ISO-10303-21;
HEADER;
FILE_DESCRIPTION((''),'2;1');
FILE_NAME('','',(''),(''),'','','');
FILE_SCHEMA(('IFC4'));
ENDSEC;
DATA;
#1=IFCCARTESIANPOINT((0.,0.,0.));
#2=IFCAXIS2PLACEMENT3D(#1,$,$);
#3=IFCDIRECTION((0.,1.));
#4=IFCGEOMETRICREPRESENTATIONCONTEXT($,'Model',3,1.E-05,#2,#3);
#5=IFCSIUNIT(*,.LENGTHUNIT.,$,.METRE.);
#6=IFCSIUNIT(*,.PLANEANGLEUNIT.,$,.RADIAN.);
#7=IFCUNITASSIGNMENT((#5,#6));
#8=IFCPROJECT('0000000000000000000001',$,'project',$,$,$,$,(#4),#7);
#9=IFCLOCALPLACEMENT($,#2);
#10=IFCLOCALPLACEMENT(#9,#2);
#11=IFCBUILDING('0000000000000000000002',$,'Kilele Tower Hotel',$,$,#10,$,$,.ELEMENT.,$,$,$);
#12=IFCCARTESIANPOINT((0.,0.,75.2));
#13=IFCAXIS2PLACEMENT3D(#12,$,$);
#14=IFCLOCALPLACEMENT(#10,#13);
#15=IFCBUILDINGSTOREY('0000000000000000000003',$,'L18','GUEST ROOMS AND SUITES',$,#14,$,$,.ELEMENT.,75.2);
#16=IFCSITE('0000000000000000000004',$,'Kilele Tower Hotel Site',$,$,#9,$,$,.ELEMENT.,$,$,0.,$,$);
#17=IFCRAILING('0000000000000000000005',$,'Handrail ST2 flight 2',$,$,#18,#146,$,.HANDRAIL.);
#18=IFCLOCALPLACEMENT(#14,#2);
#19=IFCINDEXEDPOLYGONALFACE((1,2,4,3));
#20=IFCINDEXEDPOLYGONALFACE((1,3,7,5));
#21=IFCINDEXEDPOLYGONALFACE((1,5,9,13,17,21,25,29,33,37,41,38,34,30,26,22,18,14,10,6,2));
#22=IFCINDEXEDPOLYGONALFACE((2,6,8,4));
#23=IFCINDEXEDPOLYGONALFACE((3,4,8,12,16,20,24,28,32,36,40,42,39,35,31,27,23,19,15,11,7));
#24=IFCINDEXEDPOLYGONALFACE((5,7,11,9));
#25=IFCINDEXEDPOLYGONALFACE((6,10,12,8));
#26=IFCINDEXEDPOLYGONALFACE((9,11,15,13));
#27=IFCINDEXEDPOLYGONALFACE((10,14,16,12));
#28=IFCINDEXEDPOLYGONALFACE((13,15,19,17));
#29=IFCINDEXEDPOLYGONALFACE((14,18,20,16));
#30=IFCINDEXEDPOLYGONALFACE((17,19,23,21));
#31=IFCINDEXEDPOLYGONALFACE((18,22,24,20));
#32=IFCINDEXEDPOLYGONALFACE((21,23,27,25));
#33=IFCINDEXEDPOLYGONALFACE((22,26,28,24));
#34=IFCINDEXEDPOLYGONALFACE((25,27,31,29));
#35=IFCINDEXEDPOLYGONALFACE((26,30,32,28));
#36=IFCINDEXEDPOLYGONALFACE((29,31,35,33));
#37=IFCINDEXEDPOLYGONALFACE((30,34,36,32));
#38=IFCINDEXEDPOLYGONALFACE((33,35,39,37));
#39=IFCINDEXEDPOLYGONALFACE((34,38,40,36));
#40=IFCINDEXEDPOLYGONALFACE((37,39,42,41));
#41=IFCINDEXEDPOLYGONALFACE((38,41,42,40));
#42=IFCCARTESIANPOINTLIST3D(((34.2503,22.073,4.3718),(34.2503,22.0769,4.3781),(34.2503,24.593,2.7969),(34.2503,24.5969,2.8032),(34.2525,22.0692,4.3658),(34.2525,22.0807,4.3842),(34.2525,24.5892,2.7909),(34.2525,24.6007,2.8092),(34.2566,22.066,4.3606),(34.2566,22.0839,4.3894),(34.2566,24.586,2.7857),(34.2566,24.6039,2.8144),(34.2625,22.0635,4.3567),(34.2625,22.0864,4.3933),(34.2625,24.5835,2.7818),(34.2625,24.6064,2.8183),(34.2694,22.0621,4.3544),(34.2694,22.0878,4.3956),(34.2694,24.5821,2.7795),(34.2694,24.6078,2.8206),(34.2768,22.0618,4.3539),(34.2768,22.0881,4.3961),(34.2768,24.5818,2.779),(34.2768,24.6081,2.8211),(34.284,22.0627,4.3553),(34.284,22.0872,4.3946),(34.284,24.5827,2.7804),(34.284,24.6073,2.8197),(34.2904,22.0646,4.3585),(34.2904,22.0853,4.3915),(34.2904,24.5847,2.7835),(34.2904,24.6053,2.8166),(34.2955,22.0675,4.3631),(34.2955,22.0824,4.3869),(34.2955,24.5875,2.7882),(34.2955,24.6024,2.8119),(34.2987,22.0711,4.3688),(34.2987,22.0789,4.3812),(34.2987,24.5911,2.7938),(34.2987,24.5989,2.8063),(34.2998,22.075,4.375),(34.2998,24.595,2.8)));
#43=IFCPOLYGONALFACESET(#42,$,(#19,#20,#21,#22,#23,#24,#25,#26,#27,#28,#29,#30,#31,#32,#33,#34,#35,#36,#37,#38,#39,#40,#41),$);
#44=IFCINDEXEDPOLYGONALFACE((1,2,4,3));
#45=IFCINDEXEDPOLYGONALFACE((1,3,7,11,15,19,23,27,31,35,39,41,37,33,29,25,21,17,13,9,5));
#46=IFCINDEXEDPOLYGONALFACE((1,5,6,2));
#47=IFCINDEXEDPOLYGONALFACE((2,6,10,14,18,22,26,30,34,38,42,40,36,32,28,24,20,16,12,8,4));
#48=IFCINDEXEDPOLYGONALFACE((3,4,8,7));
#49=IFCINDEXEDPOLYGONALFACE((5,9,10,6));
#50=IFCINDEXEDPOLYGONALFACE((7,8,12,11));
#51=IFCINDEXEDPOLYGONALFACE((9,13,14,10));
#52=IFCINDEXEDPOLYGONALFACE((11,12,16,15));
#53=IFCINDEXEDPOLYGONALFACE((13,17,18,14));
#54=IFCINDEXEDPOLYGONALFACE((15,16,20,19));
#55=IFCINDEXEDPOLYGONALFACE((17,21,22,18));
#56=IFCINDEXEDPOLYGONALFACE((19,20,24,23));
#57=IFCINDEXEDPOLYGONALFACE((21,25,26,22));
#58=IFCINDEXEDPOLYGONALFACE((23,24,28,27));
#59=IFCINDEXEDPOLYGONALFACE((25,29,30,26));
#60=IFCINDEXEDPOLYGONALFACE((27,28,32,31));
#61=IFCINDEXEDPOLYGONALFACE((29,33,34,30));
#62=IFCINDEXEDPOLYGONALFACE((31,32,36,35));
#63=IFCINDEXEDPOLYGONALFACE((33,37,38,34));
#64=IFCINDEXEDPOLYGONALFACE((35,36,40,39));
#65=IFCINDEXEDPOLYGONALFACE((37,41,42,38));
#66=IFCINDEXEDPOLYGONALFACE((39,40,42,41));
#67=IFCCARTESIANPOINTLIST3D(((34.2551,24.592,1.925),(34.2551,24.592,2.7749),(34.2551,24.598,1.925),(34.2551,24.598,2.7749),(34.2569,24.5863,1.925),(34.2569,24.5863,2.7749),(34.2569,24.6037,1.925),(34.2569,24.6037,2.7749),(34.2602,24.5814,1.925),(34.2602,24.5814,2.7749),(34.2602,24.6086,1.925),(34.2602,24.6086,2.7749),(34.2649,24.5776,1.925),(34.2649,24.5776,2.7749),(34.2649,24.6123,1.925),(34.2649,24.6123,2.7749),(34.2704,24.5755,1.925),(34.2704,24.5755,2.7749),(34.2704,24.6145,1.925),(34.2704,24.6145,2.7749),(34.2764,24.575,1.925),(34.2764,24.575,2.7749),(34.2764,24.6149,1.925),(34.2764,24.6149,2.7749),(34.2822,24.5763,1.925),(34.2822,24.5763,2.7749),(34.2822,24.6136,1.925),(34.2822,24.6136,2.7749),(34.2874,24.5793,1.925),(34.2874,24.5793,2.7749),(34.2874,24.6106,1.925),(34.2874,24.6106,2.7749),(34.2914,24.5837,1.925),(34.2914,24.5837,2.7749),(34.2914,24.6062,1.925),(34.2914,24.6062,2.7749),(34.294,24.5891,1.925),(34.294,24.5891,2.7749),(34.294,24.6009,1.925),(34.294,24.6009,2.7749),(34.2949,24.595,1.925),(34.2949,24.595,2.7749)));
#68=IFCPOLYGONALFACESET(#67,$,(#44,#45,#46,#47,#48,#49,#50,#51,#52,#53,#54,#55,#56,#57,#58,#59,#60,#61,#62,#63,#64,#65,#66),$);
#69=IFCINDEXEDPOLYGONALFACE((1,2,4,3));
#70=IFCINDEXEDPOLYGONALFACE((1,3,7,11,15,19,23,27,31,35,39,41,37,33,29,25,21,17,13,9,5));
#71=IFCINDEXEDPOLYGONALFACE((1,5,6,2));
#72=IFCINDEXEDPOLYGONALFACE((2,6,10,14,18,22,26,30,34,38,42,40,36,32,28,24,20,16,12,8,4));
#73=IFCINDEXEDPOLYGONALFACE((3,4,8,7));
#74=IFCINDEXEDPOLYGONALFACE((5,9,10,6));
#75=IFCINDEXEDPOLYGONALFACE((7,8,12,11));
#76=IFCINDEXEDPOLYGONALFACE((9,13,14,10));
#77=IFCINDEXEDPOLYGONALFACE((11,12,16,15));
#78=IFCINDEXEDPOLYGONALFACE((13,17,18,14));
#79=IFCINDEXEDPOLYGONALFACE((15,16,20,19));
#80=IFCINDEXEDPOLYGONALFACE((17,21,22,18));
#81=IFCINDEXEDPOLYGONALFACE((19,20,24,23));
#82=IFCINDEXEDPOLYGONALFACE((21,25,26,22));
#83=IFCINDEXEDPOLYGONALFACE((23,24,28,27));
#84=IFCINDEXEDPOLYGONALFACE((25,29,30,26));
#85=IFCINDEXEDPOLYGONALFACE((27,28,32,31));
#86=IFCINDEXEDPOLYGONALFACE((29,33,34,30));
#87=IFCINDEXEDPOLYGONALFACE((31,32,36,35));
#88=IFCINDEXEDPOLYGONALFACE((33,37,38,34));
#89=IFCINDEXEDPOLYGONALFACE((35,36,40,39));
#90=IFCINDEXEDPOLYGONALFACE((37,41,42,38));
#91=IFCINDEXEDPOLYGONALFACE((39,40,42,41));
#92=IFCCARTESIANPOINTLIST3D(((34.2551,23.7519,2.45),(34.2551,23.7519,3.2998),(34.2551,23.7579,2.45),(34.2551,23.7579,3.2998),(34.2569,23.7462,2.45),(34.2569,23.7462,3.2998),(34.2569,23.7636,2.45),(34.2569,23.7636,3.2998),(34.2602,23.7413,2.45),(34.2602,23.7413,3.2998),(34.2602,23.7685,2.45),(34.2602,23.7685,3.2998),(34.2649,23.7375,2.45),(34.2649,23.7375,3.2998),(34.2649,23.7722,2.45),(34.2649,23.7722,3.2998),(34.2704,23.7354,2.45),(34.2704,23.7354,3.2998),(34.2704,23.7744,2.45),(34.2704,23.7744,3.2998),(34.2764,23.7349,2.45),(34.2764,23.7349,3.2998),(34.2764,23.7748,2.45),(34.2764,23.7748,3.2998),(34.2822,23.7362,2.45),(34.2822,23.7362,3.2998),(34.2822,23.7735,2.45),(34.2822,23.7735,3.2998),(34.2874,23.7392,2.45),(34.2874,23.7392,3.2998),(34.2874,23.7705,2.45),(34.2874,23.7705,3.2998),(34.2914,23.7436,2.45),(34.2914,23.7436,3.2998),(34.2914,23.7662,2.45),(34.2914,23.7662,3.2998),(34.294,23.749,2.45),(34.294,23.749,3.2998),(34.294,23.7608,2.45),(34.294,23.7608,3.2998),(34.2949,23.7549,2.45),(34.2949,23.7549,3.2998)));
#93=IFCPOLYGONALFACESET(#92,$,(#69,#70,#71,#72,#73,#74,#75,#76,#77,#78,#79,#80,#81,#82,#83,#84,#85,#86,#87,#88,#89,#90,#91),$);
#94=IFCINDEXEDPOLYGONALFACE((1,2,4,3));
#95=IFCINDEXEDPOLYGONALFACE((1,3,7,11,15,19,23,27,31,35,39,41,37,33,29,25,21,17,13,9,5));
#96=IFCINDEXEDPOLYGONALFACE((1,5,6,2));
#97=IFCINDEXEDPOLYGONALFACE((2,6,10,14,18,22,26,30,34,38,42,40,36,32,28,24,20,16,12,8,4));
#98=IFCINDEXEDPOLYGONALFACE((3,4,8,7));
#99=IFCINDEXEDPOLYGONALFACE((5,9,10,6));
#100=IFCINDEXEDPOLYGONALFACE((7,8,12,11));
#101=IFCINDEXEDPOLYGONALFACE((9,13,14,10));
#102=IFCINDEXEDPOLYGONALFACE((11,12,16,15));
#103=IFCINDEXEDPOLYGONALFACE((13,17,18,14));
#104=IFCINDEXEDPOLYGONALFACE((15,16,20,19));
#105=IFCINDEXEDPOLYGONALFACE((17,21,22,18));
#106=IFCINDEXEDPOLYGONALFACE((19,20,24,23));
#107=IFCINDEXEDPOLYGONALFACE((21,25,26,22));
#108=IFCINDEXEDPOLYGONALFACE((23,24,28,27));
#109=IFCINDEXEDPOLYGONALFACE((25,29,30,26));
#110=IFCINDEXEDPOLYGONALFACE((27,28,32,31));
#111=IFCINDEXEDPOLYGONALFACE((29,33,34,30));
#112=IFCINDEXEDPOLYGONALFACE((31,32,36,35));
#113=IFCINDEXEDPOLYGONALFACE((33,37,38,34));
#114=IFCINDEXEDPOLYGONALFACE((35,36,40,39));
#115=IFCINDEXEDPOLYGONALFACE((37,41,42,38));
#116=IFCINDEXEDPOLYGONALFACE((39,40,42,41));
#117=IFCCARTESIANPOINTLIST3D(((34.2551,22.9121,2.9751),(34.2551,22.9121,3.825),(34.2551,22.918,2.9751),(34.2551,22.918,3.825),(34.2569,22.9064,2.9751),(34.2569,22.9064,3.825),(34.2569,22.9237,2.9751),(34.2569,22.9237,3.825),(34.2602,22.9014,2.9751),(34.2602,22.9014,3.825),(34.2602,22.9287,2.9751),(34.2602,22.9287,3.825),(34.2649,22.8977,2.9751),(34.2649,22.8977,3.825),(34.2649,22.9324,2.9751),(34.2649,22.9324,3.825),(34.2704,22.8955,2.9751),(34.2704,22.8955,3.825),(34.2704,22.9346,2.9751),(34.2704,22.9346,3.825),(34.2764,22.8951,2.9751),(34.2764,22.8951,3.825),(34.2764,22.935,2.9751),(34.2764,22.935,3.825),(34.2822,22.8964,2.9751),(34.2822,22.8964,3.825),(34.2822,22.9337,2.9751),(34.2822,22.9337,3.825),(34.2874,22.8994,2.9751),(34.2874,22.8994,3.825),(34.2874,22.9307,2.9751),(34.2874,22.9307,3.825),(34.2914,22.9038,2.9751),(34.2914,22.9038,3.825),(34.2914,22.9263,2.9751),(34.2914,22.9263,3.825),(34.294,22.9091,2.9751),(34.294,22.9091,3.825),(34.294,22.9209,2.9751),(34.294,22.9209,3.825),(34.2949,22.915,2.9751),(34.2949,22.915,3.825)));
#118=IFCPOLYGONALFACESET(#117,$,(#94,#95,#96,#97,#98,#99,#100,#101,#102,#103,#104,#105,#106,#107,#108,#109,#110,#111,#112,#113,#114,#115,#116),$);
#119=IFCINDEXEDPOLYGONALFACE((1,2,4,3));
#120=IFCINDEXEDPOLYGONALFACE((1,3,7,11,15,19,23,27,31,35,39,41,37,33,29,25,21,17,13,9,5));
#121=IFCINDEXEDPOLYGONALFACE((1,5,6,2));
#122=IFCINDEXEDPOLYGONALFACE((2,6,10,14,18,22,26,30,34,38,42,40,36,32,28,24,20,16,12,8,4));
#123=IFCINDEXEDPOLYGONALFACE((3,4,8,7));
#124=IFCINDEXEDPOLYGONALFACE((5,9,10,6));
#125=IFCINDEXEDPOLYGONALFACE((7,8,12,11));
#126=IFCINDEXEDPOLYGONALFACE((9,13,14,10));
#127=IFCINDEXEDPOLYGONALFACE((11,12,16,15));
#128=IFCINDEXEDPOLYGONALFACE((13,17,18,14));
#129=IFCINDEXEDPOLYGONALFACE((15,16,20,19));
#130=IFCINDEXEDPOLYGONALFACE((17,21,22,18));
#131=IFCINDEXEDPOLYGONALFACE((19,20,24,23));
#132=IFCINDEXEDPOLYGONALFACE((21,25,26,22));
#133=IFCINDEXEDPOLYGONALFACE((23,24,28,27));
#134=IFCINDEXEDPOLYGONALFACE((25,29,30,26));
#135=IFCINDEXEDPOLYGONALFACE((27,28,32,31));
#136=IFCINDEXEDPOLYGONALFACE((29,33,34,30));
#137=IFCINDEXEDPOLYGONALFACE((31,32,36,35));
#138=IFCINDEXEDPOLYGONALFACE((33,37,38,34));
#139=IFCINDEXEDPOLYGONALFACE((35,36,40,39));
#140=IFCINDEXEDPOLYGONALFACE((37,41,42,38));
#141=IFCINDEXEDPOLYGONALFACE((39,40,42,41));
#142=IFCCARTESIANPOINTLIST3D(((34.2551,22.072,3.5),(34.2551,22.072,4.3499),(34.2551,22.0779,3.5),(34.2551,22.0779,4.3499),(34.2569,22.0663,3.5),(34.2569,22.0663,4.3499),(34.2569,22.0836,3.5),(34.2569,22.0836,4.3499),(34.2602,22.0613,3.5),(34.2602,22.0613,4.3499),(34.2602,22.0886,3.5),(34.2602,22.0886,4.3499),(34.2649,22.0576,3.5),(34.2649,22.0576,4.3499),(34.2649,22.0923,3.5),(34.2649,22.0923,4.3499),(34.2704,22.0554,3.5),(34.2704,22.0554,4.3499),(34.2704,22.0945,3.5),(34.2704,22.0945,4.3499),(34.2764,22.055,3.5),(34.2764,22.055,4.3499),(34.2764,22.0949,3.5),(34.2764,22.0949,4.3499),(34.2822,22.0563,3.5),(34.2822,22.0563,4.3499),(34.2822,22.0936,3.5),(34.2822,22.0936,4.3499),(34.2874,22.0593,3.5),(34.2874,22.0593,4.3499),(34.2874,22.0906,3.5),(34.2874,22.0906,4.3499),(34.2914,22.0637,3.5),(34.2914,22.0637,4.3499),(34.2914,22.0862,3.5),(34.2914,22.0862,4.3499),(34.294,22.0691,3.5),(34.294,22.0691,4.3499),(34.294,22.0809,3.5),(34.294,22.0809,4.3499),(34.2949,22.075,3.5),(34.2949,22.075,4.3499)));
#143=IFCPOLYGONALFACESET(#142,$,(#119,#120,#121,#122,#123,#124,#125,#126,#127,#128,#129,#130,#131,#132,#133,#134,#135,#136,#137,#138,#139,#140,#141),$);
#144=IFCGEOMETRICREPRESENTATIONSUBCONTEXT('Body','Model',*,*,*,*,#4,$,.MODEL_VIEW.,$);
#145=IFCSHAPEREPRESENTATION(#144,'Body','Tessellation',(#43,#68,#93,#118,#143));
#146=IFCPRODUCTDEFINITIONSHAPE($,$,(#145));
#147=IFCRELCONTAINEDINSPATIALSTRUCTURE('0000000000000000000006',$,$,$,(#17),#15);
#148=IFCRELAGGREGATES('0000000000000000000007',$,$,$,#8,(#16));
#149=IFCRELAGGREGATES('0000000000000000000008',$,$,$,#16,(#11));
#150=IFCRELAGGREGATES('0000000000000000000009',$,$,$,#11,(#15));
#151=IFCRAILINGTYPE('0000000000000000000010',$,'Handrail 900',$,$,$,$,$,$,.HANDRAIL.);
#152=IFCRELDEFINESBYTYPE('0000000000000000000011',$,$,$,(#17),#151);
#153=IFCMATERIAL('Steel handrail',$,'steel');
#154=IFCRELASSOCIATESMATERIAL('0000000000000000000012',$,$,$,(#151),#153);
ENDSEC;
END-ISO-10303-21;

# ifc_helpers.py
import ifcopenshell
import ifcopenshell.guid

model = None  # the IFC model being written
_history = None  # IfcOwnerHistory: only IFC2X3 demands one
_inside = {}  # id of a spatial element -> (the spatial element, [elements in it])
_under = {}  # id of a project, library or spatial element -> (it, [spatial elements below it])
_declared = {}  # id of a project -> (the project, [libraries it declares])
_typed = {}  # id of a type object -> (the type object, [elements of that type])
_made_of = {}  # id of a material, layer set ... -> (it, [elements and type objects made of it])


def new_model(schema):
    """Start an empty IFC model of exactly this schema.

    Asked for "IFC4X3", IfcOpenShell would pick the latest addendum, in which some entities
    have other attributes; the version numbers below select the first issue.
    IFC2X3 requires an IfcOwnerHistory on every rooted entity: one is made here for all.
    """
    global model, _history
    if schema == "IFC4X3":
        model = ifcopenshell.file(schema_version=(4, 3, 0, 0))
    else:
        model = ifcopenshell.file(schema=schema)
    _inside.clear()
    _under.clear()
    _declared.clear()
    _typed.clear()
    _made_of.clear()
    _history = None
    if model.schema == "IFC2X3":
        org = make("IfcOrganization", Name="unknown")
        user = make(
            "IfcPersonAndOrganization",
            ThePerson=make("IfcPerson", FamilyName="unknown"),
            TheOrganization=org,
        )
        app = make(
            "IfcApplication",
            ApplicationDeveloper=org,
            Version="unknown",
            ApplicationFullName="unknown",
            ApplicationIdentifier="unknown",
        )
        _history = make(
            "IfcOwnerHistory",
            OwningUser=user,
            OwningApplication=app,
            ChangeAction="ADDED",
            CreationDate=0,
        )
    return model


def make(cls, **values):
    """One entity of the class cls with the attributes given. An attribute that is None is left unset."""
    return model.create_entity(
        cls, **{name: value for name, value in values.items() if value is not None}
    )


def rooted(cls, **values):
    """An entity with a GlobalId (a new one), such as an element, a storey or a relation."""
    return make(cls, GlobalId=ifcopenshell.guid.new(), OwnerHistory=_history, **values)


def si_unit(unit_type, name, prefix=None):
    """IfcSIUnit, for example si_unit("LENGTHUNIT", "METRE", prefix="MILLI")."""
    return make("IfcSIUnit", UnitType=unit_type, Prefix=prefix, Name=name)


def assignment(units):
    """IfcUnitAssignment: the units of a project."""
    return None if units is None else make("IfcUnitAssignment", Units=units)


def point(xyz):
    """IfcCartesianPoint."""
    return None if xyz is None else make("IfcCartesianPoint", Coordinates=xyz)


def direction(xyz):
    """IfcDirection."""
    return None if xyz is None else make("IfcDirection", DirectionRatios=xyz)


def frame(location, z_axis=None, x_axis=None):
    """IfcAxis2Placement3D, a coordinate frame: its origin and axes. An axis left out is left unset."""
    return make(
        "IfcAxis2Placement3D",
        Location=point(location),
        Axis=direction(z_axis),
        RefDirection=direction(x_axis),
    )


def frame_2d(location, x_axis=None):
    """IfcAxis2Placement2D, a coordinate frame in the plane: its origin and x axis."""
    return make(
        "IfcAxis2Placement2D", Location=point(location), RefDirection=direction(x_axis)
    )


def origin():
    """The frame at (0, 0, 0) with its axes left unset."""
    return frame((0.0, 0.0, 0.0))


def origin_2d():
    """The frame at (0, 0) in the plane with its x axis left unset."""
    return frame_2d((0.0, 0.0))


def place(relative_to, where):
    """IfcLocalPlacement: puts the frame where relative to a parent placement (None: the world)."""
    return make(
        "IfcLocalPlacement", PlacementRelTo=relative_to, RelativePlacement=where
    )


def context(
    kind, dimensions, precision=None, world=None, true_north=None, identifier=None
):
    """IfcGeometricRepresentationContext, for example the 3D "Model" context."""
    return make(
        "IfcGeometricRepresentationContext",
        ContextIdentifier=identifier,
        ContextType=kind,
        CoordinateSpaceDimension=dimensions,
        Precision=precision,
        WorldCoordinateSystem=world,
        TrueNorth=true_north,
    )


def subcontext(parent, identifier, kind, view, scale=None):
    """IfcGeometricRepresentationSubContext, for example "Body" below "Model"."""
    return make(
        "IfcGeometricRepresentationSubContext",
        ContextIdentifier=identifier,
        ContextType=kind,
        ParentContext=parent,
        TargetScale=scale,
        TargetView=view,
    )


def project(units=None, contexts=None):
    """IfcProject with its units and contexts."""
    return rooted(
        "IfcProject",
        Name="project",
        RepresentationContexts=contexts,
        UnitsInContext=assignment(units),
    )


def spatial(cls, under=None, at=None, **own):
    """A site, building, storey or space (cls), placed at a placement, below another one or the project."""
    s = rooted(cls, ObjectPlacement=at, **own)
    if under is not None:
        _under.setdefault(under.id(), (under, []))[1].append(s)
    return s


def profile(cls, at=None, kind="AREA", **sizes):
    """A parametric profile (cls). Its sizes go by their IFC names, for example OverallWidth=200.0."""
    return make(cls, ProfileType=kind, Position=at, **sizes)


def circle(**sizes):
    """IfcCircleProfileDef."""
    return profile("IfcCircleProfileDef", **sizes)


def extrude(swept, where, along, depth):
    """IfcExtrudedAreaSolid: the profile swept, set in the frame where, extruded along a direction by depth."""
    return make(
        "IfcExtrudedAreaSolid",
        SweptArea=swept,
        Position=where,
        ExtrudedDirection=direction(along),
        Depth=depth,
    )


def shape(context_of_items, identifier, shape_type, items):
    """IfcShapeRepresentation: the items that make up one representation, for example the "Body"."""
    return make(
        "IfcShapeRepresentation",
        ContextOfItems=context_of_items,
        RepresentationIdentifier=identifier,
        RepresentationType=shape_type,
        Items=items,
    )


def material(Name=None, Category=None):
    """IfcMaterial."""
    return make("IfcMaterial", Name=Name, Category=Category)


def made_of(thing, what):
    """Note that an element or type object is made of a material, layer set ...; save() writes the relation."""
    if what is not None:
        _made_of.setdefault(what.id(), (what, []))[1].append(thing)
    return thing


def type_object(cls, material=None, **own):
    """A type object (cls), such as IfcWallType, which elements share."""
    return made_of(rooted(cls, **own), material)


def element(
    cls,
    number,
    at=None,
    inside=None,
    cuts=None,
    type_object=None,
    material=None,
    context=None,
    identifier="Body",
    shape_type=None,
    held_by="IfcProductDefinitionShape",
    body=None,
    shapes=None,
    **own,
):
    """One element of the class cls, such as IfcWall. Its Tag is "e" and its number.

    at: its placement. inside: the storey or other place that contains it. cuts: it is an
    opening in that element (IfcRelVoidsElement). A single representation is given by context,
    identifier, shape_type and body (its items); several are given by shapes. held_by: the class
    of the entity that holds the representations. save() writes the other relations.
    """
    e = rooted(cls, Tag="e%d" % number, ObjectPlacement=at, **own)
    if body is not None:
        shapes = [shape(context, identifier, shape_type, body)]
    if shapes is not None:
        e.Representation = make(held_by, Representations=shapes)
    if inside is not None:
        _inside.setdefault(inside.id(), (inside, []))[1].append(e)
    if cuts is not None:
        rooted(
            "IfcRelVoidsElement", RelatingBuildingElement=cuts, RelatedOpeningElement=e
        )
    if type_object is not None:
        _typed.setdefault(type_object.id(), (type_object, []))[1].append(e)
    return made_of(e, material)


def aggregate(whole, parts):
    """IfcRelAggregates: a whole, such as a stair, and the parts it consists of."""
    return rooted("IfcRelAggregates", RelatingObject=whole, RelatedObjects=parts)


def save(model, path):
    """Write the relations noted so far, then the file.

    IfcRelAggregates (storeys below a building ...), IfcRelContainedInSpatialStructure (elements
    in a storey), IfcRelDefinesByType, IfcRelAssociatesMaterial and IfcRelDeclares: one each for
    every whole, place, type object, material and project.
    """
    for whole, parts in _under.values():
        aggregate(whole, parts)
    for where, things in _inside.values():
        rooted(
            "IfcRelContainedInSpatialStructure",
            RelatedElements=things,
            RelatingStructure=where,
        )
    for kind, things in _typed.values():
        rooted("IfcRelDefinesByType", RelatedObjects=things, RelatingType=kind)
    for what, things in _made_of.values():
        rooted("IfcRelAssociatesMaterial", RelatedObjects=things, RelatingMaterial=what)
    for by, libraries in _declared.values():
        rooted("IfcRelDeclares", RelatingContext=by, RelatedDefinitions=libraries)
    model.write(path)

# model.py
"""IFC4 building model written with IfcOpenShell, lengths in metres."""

from ifc_helpers import new_model, si_unit, direction, frame, origin, origin_2d, place, context, subcontext, project, spatial, circle, extrude, material, type_object, element, save


model = new_model("IFC4")

# Units and contexts
model_context = context("Model", 3, precision=1e-05, world=origin(), true_north=direction((0.0, 1.0)))
body_context = subcontext(model_context, "Body", "Model", "MODEL_VIEW")
ifc_project = project(units=[si_unit("LENGTHUNIT", "METRE"), si_unit("PLANEANGLEUNIT", "RADIAN")], contexts=[model_context])

# Site, building, storey
site_placement = place(None, origin())
site = spatial("IfcSite", under=ifc_project, at=site_placement, Name="Kilele Tower Hotel Site", CompositionType="ELEMENT", RefElevation=0.0)
building_placement = place(site_placement, origin())
building = spatial("IfcBuilding", under=site, at=building_placement, Name="Kilele Tower Hotel", CompositionType="ELEMENT")
storey_placement = place(building_placement, frame((0.0, 0.0, 75.2)))
storey = spatial("IfcBuildingStorey", under=building, at=storey_placement, Name="L18", Description="GUEST ROOMS AND SUITES", CompositionType="ELEMENT", Elevation=75.2)

# Railing
ifc_material_1 = material(Name="Steel handrail", Category="steel")
railing_type_1 = type_object("IfcRailingType", Name="Handrail 900", PredefinedType="HANDRAIL", material=ifc_material_1)
for number, where, name in (
    (1, (34.2749, 24.595, 1.925), "Handrail ST2 flight 2"),
):
    element("IfcRailing", number, at=place(storey_placement, frame(where)), inside=storey, type_object=railing_type_1, Name=name, PredefinedType="HANDRAIL", context=body_context, shape_type="SweptSolid", body=[
        extrude(circle(Radius=0.0249, at=origin_2d()), frame((0.0, 0.0, 0.875), z_axis=(0.0, -0.848008, 0.529984), x_axis=(1.0, 0.0, 0.0)), (0.0, 0.0, 1.0), 2.9717),
        extrude(circle(Radius=0.02, at=origin_2d()), origin(), (0.0, 0.0, 1.0), 0.8499),
        extrude(circle(Radius=0.02, at=origin_2d()), frame((0.0, -0.8401, 0.5249)), (0.0, 0.0, 1.0), 0.8499),
        extrude(circle(Radius=0.02, at=origin_2d()), frame((0.0, -1.6799, 1.05)), (0.0, 0.0, 1.0), 0.8499),
        extrude(circle(Radius=0.02, at=origin_2d()), frame((0.0, -2.52, 1.575)), (0.0, 0.0, 1.0), 0.8499),
    ])

save(model, "model.ifc")
